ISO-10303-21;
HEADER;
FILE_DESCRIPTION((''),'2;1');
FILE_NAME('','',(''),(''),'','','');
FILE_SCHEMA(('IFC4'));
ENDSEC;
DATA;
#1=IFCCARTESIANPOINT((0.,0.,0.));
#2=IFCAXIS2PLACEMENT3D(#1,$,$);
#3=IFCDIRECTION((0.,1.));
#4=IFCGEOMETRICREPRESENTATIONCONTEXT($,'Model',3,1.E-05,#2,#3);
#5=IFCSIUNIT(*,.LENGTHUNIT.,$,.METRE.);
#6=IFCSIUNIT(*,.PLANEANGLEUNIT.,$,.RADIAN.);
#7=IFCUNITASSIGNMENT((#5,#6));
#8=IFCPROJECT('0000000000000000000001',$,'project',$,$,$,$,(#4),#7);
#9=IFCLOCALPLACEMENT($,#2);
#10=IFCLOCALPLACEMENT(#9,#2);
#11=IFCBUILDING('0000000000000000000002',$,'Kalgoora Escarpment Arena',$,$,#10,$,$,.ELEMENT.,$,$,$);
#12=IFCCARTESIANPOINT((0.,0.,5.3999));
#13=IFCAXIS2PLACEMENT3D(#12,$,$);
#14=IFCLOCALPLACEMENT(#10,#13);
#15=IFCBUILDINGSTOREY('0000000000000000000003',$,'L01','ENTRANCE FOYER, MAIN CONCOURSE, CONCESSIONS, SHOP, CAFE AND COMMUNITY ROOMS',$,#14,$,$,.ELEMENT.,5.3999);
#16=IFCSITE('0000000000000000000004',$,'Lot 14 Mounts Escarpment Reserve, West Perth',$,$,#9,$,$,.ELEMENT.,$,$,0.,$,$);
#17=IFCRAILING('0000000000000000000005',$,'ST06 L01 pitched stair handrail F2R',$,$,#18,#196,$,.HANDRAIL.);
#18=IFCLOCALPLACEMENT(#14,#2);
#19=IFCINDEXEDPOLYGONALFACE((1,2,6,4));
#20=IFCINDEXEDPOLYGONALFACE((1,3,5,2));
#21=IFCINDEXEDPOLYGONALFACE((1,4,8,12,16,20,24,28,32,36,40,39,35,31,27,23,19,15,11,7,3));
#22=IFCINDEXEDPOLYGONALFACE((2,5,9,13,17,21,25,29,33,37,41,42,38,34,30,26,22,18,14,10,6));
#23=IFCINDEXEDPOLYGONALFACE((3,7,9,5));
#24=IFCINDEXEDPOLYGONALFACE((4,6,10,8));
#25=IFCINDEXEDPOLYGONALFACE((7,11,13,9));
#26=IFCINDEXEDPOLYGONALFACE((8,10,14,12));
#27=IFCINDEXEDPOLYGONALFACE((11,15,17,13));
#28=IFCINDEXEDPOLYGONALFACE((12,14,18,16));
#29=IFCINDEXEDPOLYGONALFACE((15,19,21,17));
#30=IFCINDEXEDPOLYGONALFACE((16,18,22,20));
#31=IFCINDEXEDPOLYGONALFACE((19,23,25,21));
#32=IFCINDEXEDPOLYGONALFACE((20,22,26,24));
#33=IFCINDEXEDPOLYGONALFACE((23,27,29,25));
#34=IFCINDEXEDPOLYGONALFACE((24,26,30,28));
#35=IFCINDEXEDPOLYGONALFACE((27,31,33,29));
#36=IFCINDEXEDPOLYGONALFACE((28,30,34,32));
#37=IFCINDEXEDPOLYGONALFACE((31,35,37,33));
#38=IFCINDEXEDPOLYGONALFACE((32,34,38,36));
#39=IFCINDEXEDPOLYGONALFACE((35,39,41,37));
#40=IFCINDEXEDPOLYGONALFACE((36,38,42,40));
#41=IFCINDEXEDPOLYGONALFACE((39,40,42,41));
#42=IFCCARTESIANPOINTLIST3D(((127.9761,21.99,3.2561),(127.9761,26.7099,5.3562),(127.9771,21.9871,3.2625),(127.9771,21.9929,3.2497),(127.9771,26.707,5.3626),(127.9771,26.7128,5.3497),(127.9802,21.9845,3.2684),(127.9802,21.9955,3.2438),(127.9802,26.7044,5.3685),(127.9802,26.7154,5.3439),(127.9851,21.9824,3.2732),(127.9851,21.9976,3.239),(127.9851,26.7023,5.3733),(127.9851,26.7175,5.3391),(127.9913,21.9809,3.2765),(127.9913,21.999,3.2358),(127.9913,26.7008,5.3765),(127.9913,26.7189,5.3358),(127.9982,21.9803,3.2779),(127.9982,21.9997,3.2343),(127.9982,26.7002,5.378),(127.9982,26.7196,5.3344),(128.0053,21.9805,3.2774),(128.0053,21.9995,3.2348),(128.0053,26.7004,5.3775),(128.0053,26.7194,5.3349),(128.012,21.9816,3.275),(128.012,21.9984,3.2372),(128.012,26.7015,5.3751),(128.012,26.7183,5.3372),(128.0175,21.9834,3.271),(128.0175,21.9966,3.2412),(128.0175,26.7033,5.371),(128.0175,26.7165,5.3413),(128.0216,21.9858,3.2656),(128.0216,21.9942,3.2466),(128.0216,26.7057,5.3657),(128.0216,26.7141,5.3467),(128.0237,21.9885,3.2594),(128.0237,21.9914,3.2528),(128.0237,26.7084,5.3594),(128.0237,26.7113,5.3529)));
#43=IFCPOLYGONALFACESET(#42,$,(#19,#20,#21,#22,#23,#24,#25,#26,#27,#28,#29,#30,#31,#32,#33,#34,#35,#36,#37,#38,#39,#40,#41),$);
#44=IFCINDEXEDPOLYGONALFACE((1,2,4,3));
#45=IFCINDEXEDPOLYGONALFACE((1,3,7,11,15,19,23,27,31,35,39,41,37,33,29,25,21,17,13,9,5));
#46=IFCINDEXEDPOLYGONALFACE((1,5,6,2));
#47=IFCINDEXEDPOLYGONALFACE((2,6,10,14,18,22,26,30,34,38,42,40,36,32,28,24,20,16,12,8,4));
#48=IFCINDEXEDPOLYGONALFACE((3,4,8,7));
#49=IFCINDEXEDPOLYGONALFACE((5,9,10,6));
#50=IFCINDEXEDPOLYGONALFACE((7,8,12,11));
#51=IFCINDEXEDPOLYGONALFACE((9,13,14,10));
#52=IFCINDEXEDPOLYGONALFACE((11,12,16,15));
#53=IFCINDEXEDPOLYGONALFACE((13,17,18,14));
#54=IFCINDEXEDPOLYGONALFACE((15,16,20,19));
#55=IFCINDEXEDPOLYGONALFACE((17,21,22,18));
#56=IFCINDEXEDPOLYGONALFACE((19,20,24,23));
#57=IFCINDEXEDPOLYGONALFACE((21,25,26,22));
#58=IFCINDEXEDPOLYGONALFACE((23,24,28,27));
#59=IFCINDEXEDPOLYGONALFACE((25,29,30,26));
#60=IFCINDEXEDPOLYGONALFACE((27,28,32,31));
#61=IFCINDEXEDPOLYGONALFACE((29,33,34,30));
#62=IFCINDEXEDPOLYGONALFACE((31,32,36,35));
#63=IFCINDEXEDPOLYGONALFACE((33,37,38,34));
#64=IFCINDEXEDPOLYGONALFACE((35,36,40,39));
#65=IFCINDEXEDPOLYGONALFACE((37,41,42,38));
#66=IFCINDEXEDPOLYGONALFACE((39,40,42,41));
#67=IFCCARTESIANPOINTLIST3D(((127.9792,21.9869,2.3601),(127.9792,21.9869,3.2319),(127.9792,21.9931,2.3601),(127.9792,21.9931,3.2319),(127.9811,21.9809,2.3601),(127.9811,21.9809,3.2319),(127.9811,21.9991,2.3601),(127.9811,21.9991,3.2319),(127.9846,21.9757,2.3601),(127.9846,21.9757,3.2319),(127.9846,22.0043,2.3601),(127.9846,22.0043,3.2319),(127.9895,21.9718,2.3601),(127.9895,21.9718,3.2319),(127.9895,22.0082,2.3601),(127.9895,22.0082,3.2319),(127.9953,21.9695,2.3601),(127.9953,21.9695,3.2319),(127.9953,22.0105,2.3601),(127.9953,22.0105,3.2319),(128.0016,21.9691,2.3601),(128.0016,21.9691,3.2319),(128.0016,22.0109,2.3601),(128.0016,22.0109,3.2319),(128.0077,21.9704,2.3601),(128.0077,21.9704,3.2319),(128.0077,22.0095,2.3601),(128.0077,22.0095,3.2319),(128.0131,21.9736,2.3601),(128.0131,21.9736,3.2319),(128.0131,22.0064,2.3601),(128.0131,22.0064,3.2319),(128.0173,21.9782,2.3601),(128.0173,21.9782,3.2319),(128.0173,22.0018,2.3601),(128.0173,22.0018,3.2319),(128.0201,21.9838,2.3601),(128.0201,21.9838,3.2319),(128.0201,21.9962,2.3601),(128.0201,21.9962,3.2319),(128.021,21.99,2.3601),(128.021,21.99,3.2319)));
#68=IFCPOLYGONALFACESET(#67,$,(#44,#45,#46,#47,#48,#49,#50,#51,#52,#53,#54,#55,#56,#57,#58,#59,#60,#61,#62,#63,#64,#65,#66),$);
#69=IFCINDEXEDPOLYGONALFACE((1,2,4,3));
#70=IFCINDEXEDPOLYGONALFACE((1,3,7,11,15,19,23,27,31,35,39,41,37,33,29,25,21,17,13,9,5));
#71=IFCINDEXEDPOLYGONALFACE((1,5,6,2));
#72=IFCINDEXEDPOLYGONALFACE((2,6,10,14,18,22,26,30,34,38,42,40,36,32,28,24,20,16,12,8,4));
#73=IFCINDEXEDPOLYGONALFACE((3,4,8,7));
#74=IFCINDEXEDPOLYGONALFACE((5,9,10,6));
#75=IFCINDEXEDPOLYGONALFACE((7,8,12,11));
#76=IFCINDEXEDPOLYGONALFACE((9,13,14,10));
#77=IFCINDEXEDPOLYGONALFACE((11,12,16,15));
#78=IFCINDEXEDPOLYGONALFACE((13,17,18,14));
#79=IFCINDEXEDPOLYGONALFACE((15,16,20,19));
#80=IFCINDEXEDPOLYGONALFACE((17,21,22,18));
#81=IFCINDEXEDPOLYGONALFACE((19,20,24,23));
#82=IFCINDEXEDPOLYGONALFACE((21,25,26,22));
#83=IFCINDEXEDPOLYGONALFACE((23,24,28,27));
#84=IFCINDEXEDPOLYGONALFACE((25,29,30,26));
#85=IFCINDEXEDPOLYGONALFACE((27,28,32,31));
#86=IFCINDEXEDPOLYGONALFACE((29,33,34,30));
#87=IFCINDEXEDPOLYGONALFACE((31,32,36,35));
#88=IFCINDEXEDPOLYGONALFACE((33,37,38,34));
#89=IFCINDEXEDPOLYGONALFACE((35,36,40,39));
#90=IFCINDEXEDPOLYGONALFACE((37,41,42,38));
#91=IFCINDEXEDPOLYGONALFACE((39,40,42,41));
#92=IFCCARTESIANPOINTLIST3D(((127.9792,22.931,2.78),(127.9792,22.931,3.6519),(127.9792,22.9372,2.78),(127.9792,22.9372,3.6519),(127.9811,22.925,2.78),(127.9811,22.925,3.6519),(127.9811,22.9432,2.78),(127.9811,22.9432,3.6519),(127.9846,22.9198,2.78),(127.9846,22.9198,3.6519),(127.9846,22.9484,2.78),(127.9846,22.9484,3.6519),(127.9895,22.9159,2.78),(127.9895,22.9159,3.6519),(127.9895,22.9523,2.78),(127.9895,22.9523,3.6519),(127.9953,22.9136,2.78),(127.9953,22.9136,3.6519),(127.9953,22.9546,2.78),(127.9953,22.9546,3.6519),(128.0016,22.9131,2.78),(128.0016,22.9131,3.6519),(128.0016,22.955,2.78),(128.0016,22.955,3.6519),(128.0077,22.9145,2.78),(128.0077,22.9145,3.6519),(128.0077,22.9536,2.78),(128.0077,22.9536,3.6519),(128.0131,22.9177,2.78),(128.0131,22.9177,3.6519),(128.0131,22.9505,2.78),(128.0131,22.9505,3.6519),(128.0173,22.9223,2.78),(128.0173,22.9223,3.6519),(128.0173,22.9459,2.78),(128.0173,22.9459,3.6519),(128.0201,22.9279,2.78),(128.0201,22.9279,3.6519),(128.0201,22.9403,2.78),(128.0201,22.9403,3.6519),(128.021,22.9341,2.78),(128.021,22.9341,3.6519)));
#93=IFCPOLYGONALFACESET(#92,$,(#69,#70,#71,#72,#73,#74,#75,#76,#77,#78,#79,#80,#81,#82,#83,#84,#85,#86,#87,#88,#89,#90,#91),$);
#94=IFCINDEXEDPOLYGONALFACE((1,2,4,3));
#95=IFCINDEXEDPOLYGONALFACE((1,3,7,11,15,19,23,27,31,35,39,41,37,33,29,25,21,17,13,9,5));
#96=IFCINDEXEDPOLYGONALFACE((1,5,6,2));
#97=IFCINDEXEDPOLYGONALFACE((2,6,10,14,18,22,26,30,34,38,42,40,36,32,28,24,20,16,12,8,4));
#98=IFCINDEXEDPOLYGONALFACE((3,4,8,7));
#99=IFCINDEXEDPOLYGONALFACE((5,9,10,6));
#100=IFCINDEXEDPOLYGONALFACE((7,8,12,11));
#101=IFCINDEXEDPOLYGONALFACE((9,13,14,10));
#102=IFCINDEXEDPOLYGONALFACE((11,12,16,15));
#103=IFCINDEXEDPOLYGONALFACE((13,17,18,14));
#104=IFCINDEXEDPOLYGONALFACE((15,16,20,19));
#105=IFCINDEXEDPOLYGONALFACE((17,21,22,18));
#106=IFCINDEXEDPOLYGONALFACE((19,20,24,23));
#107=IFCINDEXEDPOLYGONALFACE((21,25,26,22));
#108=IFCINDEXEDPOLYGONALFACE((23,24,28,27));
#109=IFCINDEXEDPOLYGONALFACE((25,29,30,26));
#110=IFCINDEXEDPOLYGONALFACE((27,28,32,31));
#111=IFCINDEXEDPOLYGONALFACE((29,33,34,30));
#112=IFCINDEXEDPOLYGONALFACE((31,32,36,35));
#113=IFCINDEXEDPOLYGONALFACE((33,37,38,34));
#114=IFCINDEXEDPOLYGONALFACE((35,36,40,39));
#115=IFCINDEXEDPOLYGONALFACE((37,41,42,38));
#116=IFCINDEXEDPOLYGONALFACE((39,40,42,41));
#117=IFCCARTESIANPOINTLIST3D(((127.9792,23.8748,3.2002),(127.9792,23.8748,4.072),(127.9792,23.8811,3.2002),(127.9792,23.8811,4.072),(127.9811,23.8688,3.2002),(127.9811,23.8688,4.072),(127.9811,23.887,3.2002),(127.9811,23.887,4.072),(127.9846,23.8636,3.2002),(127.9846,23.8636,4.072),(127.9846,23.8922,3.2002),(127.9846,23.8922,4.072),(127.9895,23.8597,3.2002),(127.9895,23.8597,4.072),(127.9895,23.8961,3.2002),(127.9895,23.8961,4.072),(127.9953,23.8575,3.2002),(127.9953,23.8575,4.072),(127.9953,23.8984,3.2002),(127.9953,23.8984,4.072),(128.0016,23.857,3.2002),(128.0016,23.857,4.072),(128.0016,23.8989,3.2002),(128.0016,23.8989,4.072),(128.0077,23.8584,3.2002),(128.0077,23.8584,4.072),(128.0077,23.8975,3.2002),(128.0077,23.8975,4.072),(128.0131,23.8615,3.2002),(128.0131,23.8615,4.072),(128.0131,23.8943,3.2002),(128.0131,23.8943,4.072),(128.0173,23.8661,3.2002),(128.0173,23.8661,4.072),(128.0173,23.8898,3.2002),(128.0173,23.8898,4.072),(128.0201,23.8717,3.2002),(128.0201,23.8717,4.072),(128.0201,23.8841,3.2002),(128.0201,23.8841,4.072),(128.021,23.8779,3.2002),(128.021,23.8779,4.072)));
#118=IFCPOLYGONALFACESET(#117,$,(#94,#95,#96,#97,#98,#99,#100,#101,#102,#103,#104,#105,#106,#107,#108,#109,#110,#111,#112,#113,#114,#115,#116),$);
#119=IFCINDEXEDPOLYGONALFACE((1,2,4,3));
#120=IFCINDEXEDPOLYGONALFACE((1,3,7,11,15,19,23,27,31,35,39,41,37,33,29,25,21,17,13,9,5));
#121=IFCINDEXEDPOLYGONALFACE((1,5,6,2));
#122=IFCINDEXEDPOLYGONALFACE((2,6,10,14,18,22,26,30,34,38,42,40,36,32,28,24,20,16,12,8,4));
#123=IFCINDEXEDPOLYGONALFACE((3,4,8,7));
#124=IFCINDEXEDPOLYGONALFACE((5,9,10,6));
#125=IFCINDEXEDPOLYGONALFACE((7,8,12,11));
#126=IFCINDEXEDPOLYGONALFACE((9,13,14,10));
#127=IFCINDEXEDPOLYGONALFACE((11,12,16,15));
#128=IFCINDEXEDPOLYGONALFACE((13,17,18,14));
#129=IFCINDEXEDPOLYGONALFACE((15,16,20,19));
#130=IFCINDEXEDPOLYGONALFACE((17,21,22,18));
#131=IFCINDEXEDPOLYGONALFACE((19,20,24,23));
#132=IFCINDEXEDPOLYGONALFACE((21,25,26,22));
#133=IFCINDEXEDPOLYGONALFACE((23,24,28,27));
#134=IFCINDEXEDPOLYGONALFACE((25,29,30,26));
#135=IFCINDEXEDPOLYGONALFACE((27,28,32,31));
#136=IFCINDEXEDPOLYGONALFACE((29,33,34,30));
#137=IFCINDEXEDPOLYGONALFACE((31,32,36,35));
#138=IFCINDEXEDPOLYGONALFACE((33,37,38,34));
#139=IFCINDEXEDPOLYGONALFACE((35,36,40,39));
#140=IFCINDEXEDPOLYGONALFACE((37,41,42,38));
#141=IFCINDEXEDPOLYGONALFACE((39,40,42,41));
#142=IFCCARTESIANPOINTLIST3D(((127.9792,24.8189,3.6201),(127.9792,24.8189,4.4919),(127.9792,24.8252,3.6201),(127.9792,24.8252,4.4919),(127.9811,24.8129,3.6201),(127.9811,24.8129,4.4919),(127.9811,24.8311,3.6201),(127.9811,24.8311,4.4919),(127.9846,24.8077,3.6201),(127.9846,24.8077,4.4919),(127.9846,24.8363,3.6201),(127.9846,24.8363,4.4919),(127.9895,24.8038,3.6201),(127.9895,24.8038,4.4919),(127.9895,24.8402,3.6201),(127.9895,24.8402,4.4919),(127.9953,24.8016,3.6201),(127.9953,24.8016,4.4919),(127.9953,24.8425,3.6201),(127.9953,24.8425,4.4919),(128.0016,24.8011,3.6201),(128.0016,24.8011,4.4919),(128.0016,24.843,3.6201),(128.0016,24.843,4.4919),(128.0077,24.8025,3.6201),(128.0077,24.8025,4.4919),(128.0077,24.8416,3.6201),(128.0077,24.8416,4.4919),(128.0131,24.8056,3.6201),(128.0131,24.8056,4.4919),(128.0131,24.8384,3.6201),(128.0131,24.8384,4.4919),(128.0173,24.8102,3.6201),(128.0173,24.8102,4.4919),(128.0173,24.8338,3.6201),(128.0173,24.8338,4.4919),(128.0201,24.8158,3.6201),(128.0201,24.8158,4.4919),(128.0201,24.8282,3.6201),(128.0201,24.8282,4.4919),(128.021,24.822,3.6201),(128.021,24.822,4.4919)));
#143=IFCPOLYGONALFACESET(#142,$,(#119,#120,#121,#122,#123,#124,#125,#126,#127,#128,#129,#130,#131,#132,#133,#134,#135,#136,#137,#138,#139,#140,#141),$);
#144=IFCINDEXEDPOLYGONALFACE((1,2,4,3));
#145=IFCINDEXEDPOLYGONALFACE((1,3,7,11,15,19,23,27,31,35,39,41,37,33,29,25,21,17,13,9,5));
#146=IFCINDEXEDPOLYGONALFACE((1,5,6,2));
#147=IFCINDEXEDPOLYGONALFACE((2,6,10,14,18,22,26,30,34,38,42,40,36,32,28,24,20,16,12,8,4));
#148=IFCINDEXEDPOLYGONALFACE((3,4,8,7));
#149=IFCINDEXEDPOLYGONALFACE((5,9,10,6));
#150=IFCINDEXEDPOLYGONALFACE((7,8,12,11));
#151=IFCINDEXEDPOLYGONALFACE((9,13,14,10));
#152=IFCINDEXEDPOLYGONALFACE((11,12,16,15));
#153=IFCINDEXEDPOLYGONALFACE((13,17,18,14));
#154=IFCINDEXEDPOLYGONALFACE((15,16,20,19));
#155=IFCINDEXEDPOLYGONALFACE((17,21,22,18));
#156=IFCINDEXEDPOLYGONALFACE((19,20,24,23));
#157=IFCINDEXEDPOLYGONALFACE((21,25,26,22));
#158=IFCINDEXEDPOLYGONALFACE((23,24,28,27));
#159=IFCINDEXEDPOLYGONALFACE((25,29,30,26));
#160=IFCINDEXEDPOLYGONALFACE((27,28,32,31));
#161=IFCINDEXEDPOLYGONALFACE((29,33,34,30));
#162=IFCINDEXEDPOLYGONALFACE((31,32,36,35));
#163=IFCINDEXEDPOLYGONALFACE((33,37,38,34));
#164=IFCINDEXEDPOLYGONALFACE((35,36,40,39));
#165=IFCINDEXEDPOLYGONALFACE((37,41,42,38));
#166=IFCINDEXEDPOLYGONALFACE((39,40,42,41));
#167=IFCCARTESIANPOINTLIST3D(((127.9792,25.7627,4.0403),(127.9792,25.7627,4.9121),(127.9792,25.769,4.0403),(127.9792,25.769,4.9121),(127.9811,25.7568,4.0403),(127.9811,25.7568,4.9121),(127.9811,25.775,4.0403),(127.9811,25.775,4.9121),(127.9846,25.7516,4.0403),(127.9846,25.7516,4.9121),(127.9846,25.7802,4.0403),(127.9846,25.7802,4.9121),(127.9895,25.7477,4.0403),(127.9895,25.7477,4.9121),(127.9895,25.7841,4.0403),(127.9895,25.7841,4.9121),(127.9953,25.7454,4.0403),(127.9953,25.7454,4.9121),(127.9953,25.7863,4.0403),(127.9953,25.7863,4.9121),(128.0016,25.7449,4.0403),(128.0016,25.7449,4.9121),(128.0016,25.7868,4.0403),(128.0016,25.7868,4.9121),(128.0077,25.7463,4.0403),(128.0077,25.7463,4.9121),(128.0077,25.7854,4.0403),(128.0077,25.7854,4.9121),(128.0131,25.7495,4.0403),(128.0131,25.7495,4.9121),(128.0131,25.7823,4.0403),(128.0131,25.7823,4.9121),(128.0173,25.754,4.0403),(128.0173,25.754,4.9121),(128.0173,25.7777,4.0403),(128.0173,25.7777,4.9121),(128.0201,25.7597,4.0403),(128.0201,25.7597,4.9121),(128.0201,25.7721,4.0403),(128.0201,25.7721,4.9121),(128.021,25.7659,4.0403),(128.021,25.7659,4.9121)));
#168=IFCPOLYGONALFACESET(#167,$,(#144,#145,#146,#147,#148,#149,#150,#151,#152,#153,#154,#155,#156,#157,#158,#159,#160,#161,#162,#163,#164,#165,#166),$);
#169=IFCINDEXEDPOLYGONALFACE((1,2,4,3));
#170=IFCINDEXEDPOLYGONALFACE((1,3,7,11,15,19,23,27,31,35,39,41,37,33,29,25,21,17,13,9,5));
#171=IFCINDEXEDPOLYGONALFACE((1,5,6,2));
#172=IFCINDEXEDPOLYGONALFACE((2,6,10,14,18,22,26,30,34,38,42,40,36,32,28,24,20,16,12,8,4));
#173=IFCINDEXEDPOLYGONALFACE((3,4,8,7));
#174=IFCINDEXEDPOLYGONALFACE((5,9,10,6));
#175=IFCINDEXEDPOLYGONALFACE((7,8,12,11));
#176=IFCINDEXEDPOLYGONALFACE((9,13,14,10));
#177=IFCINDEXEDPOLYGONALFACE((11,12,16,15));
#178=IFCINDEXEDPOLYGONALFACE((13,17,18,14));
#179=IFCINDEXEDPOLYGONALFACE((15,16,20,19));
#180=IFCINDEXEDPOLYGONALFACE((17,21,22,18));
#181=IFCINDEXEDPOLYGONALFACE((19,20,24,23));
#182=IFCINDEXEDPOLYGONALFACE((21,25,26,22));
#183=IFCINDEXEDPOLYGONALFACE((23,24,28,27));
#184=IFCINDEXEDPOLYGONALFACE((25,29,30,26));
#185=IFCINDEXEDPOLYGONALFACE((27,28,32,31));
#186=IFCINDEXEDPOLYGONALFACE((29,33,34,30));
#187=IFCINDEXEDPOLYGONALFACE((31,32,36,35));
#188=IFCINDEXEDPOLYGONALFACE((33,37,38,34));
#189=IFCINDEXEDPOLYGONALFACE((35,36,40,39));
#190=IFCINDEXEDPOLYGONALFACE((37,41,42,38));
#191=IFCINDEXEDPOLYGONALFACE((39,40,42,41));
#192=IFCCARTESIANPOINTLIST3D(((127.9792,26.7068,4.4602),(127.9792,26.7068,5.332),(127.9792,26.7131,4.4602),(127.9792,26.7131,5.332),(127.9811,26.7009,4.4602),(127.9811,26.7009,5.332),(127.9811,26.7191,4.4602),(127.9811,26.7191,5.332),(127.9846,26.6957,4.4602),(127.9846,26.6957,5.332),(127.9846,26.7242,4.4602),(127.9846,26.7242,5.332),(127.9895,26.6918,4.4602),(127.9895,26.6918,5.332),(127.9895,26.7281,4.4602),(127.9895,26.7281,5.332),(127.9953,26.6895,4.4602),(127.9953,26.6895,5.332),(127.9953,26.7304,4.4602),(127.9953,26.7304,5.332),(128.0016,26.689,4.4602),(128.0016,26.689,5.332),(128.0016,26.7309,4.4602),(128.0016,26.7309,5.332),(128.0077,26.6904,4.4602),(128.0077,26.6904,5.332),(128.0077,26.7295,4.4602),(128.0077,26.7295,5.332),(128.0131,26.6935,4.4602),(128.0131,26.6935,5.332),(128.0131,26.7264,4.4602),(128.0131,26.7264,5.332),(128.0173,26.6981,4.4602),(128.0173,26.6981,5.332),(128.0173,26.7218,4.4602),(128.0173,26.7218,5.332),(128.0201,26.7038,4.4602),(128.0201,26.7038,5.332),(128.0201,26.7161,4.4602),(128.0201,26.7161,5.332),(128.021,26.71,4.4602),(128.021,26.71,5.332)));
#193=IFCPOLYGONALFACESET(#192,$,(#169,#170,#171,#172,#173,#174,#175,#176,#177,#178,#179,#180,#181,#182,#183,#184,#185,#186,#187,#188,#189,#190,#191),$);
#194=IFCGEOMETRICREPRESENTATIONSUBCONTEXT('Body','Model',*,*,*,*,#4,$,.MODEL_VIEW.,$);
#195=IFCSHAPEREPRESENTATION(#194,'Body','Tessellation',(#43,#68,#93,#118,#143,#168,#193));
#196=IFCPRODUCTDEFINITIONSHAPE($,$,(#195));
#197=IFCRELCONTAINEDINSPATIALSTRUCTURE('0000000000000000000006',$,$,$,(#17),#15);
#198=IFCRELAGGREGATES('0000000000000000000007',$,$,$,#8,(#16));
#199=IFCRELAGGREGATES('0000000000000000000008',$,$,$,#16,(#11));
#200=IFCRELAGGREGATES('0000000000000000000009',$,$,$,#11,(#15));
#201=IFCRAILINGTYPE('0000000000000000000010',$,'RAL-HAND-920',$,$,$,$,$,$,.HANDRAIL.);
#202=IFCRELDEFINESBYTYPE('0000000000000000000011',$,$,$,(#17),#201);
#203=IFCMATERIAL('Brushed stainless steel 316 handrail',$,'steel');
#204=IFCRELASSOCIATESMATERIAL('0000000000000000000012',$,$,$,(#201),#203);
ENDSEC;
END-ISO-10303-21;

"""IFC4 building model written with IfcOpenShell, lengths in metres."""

from ifc_helpers import new_model, si_unit, direction, frame, origin, origin_2d, place, context, subcontext, project, spatial, circle, extrude, material, type_object, element, save


model = new_model("IFC4")

# Units and contexts
model_context = context("Model", 3, precision=1e-05, world=origin(), true_north=direction((0.0, 1.0)))
body_context = subcontext(model_context, "Body", "Model", "MODEL_VIEW")
ifc_project = project(units=[si_unit("LENGTHUNIT", "METRE"), si_unit("PLANEANGLEUNIT", "RADIAN")], contexts=[model_context])

# Site, building, storey
site_placement = place(None, origin())
site = spatial("IfcSite", under=ifc_project, at=site_placement, Name="Lot 14 Mounts Escarpment Reserve, West Perth", CompositionType="ELEMENT", RefElevation=0.0)
building_placement = place(site_placement, origin())
building = spatial("IfcBuilding", under=site, at=building_placement, Name="Kalgoora Escarpment Arena", CompositionType="ELEMENT")
storey_placement = place(building_placement, frame((0.0, 0.0, 5.3999)))
storey = spatial("IfcBuildingStorey", under=building, at=storey_placement, Name="L01", Description="ENTRANCE FOYER, MAIN CONCOURSE, CONCESSIONS, SHOP, CAFE AND COMMUNITY ROOMS", CompositionType="ELEMENT", Elevation=5.3999)

# Railing
ifc_material_1 = material(Name="Brushed stainless steel 316 handrail", Category="steel")
railing_type_1 = type_object("IfcRailingType", Name="RAL-HAND-920", PredefinedType="HANDRAIL", material=ifc_material_1)
for number, where, name in (
    (1, (128.0, 21.99, 2.3601), "ST06 L01 pitched stair handrail F2R"),
):
    element("IfcRailing", number, at=place(storey_placement, frame(where)), inside=storey, type_object=railing_type_1, Name=name, PredefinedType="HANDRAIL", context=body_context, shape_type="SweptSolid", body=[
        extrude(circle(Radius=0.0239, at=origin_2d()), frame((0.0, 0.0, 0.896), z_axis=(0.0, 0.913644, 0.406516), x_axis=(-1.0, 0.0, 0.0)), (0.0, 0.0, 1.0), 5.166),
        extrude(circle(Radius=0.021, at=origin_2d()), origin(), (0.0, 0.0, 1.0), 0.8718),
        extrude(circle(Radius=0.021, at=origin_2d()), frame((0.0, 0.9441, 0.4199)), (0.0, 0.0, 1.0), 0.8718),
        extrude(circle(Radius=0.021, at=origin_2d()), frame((0.0, 1.8879, 0.8401)), (0.0, 0.0, 1.0), 0.8718),
        extrude(circle(Radius=0.021, at=origin_2d()), frame((0.0, 2.832, 1.26)), (0.0, 0.0, 1.0), 0.8718),
        extrude(circle(Radius=0.021, at=origin_2d()), frame((0.0, 3.7759, 1.6802)), (0.0, 0.0, 1.0), 0.8718),
        extrude(circle(Radius=0.021, at=origin_2d()), frame((0.0, 4.72, 2.1001)), (0.0, 0.0, 1.0), 0.8718),
    ])

save(model, "model.ifc")
